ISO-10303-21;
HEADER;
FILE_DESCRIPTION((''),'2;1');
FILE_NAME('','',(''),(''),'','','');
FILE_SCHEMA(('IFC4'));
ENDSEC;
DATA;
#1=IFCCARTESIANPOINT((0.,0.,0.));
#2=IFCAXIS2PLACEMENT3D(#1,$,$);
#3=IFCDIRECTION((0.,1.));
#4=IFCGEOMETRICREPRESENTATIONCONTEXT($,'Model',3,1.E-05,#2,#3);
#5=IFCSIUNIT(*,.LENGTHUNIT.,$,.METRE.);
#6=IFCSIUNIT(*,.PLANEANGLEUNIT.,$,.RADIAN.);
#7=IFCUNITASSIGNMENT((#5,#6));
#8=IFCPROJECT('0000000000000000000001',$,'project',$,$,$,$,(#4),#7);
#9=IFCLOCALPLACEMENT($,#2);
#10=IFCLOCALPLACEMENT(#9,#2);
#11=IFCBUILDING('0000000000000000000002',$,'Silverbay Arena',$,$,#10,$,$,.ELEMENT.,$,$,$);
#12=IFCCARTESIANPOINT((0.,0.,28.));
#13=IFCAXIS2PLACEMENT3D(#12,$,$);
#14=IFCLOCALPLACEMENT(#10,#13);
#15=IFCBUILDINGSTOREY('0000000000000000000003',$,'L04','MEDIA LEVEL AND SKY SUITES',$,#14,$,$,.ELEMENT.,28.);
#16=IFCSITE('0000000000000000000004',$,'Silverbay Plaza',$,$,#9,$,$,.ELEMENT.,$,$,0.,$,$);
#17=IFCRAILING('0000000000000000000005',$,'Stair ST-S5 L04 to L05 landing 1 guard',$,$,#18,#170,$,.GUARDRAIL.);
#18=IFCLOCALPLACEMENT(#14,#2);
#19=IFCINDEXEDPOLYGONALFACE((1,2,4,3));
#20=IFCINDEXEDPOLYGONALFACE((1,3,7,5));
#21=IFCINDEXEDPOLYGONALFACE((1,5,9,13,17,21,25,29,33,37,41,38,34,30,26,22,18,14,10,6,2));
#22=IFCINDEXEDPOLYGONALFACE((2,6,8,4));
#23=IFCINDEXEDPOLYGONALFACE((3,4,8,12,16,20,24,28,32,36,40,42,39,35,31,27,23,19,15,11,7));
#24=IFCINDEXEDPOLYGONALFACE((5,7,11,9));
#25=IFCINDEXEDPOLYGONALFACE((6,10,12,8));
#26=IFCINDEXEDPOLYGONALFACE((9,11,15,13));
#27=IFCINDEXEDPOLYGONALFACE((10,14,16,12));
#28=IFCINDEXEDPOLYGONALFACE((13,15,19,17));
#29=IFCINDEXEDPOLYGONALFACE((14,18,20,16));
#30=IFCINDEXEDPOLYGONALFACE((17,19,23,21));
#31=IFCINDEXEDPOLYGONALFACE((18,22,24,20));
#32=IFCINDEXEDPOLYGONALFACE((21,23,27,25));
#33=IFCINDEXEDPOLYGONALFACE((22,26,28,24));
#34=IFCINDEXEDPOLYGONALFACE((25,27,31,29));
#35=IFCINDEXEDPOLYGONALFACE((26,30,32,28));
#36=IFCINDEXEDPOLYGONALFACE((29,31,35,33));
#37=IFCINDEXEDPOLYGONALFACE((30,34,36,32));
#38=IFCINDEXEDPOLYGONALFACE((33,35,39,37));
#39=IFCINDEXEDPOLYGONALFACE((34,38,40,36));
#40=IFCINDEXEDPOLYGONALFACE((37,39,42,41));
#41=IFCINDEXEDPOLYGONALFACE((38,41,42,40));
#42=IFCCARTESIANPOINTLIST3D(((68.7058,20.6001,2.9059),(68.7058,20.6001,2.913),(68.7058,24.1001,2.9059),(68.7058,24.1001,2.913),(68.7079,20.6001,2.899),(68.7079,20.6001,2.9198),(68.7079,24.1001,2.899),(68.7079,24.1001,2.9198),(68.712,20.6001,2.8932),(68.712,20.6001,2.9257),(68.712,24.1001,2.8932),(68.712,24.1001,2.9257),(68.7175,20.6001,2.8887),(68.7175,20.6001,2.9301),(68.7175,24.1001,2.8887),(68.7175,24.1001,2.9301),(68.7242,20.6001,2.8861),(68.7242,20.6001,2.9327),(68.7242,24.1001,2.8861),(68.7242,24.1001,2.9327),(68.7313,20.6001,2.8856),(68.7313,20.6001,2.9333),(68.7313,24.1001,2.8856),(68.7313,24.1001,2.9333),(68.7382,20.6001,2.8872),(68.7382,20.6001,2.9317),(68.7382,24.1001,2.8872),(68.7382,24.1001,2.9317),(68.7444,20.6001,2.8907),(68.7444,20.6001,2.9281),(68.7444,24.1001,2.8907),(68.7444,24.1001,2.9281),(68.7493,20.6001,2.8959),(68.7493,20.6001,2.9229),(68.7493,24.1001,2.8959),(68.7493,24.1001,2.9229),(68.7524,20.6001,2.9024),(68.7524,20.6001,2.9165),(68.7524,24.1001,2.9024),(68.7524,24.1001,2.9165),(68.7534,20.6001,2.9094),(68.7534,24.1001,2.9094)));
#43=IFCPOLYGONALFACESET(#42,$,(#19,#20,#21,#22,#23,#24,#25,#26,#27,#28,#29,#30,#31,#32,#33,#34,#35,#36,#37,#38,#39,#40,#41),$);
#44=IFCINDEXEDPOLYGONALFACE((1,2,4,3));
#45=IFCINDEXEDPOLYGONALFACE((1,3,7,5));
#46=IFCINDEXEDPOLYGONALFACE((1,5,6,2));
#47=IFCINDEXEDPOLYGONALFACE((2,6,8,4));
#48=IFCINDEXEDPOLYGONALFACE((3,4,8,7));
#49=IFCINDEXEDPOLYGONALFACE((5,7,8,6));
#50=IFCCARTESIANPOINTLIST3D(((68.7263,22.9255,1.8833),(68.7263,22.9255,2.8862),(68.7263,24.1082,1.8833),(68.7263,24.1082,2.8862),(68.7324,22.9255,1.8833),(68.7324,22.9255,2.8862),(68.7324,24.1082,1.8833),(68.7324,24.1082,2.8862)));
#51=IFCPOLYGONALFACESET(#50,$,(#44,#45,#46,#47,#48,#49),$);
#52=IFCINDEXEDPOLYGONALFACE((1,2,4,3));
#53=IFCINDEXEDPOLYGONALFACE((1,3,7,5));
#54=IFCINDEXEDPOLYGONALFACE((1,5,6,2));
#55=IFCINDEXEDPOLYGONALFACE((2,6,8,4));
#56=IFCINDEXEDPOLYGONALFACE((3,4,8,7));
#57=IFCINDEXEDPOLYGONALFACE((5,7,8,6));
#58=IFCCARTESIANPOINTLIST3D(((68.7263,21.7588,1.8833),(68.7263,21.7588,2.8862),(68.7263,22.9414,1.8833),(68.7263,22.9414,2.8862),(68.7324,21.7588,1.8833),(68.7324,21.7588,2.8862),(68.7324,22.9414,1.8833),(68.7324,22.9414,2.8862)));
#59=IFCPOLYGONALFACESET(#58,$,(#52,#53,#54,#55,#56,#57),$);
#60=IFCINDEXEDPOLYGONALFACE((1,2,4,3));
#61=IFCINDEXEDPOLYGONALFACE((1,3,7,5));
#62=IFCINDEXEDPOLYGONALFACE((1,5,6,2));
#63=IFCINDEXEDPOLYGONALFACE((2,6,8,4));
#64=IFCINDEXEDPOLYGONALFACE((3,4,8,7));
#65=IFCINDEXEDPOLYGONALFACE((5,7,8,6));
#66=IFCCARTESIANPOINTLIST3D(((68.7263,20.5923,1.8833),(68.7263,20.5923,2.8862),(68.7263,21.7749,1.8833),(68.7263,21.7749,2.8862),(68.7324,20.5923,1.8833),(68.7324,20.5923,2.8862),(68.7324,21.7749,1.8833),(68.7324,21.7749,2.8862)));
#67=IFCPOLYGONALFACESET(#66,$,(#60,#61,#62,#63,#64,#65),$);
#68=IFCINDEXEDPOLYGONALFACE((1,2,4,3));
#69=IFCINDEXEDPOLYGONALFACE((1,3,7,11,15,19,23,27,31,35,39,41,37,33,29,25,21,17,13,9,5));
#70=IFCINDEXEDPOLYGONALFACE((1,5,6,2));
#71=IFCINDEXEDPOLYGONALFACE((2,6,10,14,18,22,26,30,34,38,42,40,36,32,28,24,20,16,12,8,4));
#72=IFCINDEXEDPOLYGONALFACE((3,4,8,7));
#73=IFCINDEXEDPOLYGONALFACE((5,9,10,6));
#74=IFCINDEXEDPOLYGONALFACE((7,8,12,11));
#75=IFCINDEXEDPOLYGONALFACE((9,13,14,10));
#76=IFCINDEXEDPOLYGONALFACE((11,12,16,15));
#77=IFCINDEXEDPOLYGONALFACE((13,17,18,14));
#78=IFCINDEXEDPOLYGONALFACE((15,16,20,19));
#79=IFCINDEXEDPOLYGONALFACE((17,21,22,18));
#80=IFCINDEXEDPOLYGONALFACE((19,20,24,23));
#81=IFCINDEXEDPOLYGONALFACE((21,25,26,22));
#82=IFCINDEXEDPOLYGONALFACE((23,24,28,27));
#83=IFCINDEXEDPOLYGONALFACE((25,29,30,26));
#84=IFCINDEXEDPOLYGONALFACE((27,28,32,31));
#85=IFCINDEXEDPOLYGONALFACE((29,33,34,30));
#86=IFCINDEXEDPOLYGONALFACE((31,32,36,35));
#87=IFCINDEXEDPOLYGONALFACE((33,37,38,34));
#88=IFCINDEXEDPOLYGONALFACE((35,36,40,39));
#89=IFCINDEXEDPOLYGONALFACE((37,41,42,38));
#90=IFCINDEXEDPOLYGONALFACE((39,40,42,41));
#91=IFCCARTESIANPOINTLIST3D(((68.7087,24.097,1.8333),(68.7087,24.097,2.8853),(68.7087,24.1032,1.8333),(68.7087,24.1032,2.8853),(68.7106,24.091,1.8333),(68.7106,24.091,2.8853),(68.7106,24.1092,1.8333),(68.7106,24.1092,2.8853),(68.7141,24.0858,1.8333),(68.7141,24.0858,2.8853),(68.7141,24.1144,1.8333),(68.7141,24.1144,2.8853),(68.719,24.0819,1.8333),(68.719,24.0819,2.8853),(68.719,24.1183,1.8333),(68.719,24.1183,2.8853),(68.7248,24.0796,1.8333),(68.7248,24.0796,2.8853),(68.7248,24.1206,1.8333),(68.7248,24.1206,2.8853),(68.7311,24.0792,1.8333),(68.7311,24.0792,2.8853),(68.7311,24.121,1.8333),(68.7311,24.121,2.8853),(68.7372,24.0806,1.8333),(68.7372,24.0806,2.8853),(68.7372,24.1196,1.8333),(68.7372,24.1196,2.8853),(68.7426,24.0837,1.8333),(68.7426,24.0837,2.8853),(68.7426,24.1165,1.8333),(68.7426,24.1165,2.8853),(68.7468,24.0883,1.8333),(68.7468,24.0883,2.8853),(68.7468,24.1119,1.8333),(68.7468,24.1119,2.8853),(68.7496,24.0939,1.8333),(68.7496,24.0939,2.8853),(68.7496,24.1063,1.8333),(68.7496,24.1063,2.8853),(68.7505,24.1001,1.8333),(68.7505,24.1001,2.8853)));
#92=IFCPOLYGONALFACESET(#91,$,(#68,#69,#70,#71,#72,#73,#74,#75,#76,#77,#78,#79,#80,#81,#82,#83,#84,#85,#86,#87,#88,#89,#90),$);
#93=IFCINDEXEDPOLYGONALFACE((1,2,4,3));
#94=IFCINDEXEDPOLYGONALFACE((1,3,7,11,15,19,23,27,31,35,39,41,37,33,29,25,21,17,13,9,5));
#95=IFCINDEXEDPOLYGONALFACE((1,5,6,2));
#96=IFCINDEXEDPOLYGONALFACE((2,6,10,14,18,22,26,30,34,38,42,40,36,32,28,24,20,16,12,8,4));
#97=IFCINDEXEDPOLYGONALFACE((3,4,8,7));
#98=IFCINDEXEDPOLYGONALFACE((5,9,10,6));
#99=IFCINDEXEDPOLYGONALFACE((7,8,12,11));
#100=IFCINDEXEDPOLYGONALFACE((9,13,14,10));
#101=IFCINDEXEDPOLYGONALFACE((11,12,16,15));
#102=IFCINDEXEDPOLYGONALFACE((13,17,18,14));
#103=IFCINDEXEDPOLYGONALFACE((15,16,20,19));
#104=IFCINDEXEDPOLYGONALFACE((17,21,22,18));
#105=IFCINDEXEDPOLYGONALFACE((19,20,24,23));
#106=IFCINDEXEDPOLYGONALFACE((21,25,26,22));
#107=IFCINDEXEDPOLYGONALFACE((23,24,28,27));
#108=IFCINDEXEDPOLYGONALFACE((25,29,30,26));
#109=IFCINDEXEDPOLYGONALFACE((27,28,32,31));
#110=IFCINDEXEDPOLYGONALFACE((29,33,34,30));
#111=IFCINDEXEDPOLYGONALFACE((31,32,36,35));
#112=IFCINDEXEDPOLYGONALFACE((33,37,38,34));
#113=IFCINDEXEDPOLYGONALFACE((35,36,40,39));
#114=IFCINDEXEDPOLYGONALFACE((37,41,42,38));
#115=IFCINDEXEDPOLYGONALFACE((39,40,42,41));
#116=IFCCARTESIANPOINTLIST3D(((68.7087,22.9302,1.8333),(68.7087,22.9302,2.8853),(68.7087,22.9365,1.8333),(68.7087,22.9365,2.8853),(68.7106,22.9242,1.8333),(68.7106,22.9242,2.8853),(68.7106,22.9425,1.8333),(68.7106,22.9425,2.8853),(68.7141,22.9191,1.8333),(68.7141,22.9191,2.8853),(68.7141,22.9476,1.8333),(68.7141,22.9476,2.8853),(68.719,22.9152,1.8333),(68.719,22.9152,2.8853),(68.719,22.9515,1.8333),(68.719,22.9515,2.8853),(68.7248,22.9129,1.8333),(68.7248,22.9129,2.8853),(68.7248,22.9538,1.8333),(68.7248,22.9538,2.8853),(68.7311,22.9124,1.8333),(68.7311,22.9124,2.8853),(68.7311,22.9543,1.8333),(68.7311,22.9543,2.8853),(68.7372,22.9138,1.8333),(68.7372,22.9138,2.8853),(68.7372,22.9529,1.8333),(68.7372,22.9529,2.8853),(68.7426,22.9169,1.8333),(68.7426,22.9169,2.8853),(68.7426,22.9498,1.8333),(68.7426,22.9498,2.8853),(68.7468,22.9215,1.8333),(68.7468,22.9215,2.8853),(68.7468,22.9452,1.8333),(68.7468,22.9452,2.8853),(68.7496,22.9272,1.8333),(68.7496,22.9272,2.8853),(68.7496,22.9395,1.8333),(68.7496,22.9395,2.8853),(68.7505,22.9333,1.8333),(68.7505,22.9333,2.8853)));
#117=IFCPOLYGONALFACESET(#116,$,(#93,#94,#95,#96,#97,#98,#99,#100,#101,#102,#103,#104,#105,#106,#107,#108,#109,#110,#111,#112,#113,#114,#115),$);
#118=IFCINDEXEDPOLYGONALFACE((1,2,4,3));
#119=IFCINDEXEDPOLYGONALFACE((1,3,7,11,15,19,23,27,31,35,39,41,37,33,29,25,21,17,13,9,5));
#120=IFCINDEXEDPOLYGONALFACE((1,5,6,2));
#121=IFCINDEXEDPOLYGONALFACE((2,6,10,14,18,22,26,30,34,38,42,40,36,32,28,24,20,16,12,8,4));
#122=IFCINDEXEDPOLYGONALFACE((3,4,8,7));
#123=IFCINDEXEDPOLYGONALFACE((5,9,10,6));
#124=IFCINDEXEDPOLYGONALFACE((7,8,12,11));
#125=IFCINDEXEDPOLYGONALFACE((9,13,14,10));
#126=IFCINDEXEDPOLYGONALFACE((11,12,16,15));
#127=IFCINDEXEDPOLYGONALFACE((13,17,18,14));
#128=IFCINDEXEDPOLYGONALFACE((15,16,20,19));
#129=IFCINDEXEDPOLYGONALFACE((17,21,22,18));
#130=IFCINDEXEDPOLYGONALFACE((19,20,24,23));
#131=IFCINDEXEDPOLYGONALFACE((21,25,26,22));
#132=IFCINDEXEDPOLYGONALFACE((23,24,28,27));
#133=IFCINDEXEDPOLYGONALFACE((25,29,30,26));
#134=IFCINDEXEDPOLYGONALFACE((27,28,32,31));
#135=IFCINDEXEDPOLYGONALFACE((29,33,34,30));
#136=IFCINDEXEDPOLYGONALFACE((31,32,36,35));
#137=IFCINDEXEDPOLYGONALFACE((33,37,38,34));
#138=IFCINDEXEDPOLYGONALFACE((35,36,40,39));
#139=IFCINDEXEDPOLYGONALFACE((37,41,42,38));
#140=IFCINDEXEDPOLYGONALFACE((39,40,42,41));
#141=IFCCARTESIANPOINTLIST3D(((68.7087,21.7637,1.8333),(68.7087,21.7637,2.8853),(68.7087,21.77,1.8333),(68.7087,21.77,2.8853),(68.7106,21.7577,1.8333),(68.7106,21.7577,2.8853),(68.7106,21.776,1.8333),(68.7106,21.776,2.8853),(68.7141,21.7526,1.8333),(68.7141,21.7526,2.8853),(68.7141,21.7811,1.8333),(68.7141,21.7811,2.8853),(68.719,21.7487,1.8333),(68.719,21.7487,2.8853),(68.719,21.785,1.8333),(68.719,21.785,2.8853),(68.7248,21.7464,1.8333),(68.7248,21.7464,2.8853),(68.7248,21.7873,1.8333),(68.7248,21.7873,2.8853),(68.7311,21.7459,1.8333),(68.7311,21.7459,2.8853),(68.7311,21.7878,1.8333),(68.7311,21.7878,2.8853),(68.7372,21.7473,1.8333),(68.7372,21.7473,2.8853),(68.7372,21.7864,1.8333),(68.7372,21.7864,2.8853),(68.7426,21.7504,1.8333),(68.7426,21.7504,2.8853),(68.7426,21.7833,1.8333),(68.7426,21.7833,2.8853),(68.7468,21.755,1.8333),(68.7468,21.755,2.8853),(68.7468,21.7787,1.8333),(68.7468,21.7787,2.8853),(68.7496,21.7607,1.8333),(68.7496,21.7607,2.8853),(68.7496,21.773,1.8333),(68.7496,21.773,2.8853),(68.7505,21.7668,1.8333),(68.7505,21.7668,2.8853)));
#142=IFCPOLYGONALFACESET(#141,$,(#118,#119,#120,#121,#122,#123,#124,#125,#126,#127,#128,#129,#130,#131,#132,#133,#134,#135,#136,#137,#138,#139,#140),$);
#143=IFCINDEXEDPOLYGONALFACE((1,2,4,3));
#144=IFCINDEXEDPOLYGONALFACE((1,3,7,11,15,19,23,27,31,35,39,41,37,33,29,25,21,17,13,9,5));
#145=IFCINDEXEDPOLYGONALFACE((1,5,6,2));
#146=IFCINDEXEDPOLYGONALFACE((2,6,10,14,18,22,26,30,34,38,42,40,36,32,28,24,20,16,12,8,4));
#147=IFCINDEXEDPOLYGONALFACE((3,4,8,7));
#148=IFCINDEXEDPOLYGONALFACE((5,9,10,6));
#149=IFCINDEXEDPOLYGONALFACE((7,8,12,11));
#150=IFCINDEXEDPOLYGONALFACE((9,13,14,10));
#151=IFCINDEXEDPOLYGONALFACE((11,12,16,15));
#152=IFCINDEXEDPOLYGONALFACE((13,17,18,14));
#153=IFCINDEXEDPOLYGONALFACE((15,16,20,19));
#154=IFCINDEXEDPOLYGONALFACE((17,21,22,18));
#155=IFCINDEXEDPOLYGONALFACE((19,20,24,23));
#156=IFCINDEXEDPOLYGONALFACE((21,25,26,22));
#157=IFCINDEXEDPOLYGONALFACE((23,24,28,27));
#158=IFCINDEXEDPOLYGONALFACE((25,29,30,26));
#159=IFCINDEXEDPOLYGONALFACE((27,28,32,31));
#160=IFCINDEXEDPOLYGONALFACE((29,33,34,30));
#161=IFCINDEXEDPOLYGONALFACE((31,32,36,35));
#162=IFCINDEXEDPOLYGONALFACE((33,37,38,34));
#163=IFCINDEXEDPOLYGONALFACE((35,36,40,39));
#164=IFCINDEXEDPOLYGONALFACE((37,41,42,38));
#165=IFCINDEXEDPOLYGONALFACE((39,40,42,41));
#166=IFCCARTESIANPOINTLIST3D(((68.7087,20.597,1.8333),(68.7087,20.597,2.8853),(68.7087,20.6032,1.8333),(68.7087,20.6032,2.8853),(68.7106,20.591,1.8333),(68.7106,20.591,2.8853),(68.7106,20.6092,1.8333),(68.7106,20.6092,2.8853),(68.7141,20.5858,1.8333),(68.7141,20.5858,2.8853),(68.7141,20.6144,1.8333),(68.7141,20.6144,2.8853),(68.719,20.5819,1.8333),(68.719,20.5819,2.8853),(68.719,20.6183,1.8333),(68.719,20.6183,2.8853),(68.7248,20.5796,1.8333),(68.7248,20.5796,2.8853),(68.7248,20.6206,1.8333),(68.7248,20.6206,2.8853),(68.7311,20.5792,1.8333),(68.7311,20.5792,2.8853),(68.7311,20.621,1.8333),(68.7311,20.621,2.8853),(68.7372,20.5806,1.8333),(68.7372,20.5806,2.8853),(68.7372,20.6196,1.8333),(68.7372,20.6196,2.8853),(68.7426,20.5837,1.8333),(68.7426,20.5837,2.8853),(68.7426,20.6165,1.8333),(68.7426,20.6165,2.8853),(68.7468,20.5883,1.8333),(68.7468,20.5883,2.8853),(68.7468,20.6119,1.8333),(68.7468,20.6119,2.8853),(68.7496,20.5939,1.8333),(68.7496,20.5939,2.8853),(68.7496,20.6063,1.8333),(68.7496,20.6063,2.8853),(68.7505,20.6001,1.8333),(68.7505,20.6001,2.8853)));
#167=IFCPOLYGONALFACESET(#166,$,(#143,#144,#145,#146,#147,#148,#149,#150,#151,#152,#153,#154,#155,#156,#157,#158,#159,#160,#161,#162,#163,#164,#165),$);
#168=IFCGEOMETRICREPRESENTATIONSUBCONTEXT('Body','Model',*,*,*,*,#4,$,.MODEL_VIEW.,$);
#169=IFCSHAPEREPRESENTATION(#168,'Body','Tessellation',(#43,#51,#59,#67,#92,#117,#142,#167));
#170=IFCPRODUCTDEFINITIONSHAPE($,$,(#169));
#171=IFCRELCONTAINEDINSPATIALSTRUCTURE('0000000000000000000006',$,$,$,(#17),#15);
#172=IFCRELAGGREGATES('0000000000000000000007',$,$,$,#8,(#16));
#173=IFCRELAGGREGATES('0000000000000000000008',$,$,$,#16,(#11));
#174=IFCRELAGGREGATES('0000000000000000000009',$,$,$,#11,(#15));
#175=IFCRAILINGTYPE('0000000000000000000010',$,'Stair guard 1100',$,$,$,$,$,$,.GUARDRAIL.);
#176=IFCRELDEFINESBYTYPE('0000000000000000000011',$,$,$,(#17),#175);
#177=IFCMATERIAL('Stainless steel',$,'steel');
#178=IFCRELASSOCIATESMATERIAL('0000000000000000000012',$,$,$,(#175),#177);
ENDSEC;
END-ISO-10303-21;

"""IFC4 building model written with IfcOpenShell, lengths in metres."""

from ifc_helpers import new_model, si_unit, direction, frame, origin, origin_2d, place, context, subcontext, project, spatial, polyline, circle, outline, extrude, material, type_object, element, save


model = new_model("IFC4")

# Units and contexts
model_context = context("Model", 3, precision=1e-05, world=origin(), true_north=direction((0.0, 1.0)))
body_context = subcontext(model_context, "Body", "Model", "MODEL_VIEW")
ifc_project = project(units=[si_unit("LENGTHUNIT", "METRE"), si_unit("PLANEANGLEUNIT", "RADIAN")], contexts=[model_context])

# Site, building, storey
site_placement = place(None, origin())
site = spatial("IfcSite", under=ifc_project, at=site_placement, Name="Silverbay Plaza", CompositionType="ELEMENT", RefElevation=0.0)
building_placement = place(site_placement, origin())
building = spatial("IfcBuilding", under=site, at=building_placement, Name="Silverbay Arena", CompositionType="ELEMENT")
storey_placement = place(building_placement, frame((0.0, 0.0, 28.0)))
storey = spatial("IfcBuildingStorey", under=building, at=storey_placement, Name="L04", Description="MEDIA LEVEL AND SKY SUITES", CompositionType="ELEMENT", Elevation=28.0)

# Railing
ifc_material_1 = material(Name="Stainless steel", Category="steel")
railing_type_1 = type_object("IfcRailingType", Name="Stair guard 1100", PredefinedType="GUARDRAIL", material=ifc_material_1)
for number, where, name in (
    (1, (68.7295, 24.1001, 1.8333), "Stair ST-S5 L04 to L05 landing 1 guard"),
):
    element("IfcRailing", number, at=place(storey_placement, frame(where)), inside=storey, type_object=railing_type_1, Name=name, PredefinedType="GUARDRAIL", context=body_context, shape_type="SweptSolid", body=[
        extrude(circle(Radius=0.0239, at=origin_2d()), frame((0.0, 0.0, 1.0762), z_axis=(0.0, -1.0, 0.0), x_axis=(1.0, 0.0, 0.0)), (0.0, 0.0, 1.0), 3.5),
        extrude(outline(polyline([(-0.0081, 0.05), (1.1746, 0.05), (1.1746, 1.053), (-0.0081, 1.053), (-0.0081, 0.05)])), frame((0.0029, 0.0, 0.0), z_axis=(-1.0, 0.0, 0.0), x_axis=(0.0, -1.0, 0.0)), (0.0, 0.0, 1.0), 0.0061),
        extrude(outline(polyline([(-0.0081, 0.05), (1.1746, 0.05), (1.1746, 1.053), (-0.0081, 1.053), (-0.0081, 0.05)])), frame((0.0029, -1.1667, 0.0), z_axis=(-1.0, 0.0, 0.0), x_axis=(0.0, -1.0, 0.0)), (0.0, 0.0, 1.0), 0.0061),
        extrude(outline(polyline([(-0.0081, 0.05), (1.1746, 0.05), (1.1746, 1.053), (-0.0081, 1.053), (-0.0081, 0.05)])), frame((0.0029, -2.3333, 0.0), z_axis=(-1.0, 0.0, 0.0), x_axis=(0.0, -1.0, 0.0)), (0.0, 0.0, 1.0), 0.0061),
        extrude(circle(Radius=0.021, at=origin_2d()), origin(), (0.0, 0.0, 1.0), 1.052),
        extrude(circle(Radius=0.021, at=origin_2d()), frame((0.0, -1.1667, 0.0)), (0.0, 0.0, 1.0), 1.052),
        extrude(circle(Radius=0.021, at=origin_2d()), frame((0.0, -2.3333, 0.0)), (0.0, 0.0, 1.0), 1.052),
        extrude(circle(Radius=0.021, at=origin_2d()), frame((0.0, -3.5, 0.0)), (0.0, 0.0, 1.0), 1.052),
    ])

save(model, "model.ifc")
